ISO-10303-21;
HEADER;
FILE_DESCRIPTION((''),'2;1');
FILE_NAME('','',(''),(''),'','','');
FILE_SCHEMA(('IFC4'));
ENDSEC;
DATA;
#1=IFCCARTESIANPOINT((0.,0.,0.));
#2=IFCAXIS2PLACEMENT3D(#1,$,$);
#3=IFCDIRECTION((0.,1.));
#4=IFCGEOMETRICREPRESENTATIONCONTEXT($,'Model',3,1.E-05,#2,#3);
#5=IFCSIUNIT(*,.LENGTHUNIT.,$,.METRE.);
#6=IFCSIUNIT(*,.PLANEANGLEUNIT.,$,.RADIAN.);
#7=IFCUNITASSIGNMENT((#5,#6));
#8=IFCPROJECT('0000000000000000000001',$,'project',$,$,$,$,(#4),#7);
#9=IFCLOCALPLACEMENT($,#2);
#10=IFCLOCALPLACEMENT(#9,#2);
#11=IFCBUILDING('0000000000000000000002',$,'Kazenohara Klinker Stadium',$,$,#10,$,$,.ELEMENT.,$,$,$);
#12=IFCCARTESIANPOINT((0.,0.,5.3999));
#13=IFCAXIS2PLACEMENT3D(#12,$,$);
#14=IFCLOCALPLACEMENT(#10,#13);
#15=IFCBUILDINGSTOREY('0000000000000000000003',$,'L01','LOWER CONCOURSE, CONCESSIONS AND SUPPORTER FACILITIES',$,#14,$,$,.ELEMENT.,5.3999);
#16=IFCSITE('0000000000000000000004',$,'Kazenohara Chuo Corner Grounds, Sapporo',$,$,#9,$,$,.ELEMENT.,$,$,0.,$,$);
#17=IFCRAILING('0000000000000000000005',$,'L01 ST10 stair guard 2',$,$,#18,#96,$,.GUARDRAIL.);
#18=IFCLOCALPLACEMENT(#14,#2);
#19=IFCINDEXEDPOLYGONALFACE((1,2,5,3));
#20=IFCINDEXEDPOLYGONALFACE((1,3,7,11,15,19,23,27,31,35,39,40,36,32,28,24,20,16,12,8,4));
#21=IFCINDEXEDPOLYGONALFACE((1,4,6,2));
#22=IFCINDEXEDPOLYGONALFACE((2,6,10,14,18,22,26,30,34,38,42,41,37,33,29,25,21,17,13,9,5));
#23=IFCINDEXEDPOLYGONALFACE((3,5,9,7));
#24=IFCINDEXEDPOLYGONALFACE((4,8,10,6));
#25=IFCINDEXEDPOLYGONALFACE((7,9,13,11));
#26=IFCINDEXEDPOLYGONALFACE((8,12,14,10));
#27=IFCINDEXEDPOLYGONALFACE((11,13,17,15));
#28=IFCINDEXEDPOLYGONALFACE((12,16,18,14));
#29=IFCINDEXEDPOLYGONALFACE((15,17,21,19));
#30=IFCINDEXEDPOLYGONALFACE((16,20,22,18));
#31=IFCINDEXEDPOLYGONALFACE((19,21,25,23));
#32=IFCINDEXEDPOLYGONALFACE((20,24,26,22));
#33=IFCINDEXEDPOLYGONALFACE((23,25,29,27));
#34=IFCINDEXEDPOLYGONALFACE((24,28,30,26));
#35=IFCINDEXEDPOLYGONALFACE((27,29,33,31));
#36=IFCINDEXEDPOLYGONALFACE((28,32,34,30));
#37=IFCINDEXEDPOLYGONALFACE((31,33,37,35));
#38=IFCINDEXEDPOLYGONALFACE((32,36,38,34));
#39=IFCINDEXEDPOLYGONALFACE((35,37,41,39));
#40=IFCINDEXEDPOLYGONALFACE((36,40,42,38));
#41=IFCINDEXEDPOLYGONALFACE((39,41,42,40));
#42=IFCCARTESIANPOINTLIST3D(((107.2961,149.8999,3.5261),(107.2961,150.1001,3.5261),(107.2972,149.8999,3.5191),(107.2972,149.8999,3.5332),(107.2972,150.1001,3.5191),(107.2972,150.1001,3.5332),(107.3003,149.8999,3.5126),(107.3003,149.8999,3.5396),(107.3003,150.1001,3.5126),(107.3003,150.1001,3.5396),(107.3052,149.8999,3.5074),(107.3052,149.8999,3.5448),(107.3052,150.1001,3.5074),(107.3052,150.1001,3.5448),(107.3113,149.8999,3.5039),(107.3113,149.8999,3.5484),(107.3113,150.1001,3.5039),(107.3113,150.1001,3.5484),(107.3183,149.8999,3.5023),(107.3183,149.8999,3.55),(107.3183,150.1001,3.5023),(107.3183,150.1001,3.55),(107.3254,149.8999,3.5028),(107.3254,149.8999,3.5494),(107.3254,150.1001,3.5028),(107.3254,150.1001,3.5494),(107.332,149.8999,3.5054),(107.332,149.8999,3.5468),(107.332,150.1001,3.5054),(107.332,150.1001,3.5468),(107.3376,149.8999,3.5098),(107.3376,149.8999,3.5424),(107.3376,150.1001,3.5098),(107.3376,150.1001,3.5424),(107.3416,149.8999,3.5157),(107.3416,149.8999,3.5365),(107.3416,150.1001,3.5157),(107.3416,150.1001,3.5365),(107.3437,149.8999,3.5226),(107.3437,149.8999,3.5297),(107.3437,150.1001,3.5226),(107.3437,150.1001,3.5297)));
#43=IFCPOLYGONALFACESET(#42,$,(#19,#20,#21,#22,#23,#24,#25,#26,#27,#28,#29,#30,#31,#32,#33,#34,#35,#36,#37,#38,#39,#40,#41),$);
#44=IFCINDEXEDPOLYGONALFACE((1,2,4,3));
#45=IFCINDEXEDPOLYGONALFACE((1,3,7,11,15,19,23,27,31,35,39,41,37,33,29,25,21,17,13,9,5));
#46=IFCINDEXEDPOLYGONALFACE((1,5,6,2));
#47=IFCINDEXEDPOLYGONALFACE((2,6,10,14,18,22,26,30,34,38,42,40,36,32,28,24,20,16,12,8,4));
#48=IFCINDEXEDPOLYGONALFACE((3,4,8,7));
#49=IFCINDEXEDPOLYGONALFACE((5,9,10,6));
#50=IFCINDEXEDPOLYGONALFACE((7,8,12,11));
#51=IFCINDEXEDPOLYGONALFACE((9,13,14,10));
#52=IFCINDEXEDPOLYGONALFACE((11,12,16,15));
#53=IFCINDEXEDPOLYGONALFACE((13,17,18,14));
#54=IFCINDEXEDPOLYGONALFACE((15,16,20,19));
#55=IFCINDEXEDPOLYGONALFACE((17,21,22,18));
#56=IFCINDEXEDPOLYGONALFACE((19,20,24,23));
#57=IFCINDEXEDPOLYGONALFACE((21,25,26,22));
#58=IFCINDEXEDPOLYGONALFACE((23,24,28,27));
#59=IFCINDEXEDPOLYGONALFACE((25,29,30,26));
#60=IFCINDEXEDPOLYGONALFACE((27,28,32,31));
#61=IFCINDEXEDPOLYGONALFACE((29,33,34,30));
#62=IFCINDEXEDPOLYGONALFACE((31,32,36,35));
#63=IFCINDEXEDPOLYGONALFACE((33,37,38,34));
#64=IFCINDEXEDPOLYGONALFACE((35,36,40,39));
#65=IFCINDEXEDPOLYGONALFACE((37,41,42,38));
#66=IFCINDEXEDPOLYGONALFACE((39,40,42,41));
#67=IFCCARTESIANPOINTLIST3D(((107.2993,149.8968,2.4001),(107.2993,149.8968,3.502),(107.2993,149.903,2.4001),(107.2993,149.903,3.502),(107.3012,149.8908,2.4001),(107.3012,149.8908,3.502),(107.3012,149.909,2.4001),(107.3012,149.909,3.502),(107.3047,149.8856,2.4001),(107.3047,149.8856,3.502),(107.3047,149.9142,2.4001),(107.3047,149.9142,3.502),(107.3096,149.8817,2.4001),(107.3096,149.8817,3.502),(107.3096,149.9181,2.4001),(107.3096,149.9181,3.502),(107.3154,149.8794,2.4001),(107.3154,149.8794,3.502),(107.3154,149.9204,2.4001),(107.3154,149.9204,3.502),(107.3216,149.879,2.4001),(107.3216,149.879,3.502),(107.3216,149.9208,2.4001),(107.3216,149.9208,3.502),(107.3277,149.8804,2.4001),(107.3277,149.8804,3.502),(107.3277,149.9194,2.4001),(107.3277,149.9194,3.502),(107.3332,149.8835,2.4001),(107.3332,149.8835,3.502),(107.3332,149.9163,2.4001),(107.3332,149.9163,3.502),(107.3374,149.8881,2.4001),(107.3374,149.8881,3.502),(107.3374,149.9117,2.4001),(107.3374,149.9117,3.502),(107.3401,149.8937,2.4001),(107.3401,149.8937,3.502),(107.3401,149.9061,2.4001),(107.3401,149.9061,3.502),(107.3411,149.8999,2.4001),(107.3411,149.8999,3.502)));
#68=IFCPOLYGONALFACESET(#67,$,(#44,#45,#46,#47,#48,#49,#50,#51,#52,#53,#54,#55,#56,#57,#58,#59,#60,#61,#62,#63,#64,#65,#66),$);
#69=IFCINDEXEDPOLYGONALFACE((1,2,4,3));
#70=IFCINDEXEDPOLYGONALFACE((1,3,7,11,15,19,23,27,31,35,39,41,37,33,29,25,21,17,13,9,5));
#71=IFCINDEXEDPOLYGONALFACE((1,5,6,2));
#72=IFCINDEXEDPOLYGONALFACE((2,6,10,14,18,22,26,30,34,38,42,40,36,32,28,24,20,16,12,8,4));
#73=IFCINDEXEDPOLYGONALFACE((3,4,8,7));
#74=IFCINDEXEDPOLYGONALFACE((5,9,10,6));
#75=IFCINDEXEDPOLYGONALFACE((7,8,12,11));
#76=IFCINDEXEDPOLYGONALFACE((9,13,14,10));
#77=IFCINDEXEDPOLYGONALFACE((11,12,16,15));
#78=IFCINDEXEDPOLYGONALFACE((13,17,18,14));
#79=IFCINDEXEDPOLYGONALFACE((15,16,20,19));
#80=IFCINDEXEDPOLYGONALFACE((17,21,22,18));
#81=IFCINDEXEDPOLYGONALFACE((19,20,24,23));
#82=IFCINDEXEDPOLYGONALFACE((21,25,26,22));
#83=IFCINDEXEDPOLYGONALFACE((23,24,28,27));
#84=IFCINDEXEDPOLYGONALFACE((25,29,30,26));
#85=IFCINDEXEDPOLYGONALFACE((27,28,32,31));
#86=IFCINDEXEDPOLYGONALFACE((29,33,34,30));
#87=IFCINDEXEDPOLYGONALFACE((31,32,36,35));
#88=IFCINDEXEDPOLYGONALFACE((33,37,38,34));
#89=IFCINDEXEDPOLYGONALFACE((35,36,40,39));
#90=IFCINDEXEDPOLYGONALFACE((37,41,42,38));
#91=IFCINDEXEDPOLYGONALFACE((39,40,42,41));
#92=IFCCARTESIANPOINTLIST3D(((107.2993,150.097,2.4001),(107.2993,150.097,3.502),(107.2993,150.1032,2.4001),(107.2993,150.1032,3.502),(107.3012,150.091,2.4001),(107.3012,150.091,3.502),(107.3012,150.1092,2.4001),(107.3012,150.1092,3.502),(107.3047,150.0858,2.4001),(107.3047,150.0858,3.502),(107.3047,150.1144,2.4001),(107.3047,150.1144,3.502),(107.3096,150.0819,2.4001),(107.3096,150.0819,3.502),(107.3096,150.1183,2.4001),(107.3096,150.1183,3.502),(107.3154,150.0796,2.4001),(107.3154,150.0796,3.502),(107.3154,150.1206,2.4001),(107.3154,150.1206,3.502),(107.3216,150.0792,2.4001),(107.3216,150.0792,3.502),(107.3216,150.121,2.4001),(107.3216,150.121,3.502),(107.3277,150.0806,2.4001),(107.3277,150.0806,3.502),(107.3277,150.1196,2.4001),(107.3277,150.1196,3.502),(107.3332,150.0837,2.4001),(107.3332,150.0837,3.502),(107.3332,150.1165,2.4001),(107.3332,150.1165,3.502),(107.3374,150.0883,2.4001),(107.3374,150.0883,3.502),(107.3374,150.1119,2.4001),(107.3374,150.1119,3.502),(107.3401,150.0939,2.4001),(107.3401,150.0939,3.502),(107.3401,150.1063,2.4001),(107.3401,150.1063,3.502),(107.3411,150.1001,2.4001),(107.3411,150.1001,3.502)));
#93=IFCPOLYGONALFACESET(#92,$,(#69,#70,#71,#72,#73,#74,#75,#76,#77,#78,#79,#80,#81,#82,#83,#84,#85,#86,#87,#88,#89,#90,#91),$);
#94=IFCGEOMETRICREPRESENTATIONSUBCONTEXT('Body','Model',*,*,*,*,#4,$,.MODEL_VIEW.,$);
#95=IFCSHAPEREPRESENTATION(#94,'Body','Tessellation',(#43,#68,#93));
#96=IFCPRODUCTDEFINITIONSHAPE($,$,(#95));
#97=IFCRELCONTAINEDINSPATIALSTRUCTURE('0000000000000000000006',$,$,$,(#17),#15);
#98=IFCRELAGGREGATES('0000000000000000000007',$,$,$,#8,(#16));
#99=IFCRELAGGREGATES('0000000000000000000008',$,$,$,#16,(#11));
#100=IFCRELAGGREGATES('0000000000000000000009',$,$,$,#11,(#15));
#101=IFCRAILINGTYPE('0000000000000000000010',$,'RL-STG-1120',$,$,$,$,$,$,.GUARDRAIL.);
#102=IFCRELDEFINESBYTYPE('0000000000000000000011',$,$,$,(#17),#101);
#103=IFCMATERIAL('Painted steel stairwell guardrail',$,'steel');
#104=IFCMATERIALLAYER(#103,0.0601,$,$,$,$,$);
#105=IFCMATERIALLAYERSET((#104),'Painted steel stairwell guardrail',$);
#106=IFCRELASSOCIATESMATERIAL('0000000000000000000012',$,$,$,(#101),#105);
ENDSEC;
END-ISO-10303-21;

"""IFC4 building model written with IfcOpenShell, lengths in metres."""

from ifc_helpers import new_model, si_unit, direction, frame, origin, origin_2d, place, context, subcontext, project, spatial, circle, extrude, material, layer, layer_set, type_object, element, save


model = new_model("IFC4")

# Units and contexts
model_context = context("Model", 3, precision=1e-05, world=origin(), true_north=direction((0.0, 1.0)))
body_context = subcontext(model_context, "Body", "Model", "MODEL_VIEW")
ifc_project = project(units=[si_unit("LENGTHUNIT", "METRE"), si_unit("PLANEANGLEUNIT", "RADIAN")], contexts=[model_context])

# Site, building, storey
site_placement = place(None, origin())
site = spatial("IfcSite", under=ifc_project, at=site_placement, Name="Kazenohara Chuo Corner Grounds, Sapporo", CompositionType="ELEMENT", RefElevation=0.0)
building_placement = place(site_placement, origin())
building = spatial("IfcBuilding", under=site, at=building_placement, Name="Kazenohara Klinker Stadium", CompositionType="ELEMENT")
storey_placement = place(building_placement, frame((0.0, 0.0, 5.3999)))
storey = spatial("IfcBuildingStorey", under=building, at=storey_placement, Name="L01", Description="LOWER CONCOURSE, CONCESSIONS AND SUPPORTER FACILITIES", CompositionType="ELEMENT", Elevation=5.3999)

# Railing
ifc_material_1 = material(Name="Painted steel stairwell guardrail", Category="steel")
ifc_layer_1 = layer(ifc_material_1, 0.0601)
ifc_layer_set_1 = layer_set([ifc_layer_1], Name="Painted steel stairwell guardrail")
railing_type = type_object("IfcRailingType", Name="RL-STG-1120", PredefinedType="GUARDRAIL", material=ifc_layer_set_1)
railing_1_placement = place(storey_placement, frame((107.3201, 149.8999, 2.4001)))
element("IfcRailing", 1, at=railing_1_placement, inside=storey, type_object=railing_type, Name="L01 ST10 stair guard 2", PredefinedType="GUARDRAIL", context=body_context, shape_type="SweptSolid", body=[
    extrude(circle(Radius=0.0239, at=origin_2d()), frame((0.0, 0.0, 1.126), z_axis=(0.0, 1.0, 0.0), x_axis=(-1.0, 0.0, 0.0)), (0.0, 0.0, 1.0), 0.2002),
    extrude(circle(Radius=0.021, at=origin_2d()), origin(), (0.0, 0.0, 1.0), 1.1018),
    extrude(circle(Radius=0.021, at=origin_2d()), frame((0.0, 0.2002, 0.0)), (0.0, 0.0, 1.0), 1.1018),
])

save(model, "model.ifc")
